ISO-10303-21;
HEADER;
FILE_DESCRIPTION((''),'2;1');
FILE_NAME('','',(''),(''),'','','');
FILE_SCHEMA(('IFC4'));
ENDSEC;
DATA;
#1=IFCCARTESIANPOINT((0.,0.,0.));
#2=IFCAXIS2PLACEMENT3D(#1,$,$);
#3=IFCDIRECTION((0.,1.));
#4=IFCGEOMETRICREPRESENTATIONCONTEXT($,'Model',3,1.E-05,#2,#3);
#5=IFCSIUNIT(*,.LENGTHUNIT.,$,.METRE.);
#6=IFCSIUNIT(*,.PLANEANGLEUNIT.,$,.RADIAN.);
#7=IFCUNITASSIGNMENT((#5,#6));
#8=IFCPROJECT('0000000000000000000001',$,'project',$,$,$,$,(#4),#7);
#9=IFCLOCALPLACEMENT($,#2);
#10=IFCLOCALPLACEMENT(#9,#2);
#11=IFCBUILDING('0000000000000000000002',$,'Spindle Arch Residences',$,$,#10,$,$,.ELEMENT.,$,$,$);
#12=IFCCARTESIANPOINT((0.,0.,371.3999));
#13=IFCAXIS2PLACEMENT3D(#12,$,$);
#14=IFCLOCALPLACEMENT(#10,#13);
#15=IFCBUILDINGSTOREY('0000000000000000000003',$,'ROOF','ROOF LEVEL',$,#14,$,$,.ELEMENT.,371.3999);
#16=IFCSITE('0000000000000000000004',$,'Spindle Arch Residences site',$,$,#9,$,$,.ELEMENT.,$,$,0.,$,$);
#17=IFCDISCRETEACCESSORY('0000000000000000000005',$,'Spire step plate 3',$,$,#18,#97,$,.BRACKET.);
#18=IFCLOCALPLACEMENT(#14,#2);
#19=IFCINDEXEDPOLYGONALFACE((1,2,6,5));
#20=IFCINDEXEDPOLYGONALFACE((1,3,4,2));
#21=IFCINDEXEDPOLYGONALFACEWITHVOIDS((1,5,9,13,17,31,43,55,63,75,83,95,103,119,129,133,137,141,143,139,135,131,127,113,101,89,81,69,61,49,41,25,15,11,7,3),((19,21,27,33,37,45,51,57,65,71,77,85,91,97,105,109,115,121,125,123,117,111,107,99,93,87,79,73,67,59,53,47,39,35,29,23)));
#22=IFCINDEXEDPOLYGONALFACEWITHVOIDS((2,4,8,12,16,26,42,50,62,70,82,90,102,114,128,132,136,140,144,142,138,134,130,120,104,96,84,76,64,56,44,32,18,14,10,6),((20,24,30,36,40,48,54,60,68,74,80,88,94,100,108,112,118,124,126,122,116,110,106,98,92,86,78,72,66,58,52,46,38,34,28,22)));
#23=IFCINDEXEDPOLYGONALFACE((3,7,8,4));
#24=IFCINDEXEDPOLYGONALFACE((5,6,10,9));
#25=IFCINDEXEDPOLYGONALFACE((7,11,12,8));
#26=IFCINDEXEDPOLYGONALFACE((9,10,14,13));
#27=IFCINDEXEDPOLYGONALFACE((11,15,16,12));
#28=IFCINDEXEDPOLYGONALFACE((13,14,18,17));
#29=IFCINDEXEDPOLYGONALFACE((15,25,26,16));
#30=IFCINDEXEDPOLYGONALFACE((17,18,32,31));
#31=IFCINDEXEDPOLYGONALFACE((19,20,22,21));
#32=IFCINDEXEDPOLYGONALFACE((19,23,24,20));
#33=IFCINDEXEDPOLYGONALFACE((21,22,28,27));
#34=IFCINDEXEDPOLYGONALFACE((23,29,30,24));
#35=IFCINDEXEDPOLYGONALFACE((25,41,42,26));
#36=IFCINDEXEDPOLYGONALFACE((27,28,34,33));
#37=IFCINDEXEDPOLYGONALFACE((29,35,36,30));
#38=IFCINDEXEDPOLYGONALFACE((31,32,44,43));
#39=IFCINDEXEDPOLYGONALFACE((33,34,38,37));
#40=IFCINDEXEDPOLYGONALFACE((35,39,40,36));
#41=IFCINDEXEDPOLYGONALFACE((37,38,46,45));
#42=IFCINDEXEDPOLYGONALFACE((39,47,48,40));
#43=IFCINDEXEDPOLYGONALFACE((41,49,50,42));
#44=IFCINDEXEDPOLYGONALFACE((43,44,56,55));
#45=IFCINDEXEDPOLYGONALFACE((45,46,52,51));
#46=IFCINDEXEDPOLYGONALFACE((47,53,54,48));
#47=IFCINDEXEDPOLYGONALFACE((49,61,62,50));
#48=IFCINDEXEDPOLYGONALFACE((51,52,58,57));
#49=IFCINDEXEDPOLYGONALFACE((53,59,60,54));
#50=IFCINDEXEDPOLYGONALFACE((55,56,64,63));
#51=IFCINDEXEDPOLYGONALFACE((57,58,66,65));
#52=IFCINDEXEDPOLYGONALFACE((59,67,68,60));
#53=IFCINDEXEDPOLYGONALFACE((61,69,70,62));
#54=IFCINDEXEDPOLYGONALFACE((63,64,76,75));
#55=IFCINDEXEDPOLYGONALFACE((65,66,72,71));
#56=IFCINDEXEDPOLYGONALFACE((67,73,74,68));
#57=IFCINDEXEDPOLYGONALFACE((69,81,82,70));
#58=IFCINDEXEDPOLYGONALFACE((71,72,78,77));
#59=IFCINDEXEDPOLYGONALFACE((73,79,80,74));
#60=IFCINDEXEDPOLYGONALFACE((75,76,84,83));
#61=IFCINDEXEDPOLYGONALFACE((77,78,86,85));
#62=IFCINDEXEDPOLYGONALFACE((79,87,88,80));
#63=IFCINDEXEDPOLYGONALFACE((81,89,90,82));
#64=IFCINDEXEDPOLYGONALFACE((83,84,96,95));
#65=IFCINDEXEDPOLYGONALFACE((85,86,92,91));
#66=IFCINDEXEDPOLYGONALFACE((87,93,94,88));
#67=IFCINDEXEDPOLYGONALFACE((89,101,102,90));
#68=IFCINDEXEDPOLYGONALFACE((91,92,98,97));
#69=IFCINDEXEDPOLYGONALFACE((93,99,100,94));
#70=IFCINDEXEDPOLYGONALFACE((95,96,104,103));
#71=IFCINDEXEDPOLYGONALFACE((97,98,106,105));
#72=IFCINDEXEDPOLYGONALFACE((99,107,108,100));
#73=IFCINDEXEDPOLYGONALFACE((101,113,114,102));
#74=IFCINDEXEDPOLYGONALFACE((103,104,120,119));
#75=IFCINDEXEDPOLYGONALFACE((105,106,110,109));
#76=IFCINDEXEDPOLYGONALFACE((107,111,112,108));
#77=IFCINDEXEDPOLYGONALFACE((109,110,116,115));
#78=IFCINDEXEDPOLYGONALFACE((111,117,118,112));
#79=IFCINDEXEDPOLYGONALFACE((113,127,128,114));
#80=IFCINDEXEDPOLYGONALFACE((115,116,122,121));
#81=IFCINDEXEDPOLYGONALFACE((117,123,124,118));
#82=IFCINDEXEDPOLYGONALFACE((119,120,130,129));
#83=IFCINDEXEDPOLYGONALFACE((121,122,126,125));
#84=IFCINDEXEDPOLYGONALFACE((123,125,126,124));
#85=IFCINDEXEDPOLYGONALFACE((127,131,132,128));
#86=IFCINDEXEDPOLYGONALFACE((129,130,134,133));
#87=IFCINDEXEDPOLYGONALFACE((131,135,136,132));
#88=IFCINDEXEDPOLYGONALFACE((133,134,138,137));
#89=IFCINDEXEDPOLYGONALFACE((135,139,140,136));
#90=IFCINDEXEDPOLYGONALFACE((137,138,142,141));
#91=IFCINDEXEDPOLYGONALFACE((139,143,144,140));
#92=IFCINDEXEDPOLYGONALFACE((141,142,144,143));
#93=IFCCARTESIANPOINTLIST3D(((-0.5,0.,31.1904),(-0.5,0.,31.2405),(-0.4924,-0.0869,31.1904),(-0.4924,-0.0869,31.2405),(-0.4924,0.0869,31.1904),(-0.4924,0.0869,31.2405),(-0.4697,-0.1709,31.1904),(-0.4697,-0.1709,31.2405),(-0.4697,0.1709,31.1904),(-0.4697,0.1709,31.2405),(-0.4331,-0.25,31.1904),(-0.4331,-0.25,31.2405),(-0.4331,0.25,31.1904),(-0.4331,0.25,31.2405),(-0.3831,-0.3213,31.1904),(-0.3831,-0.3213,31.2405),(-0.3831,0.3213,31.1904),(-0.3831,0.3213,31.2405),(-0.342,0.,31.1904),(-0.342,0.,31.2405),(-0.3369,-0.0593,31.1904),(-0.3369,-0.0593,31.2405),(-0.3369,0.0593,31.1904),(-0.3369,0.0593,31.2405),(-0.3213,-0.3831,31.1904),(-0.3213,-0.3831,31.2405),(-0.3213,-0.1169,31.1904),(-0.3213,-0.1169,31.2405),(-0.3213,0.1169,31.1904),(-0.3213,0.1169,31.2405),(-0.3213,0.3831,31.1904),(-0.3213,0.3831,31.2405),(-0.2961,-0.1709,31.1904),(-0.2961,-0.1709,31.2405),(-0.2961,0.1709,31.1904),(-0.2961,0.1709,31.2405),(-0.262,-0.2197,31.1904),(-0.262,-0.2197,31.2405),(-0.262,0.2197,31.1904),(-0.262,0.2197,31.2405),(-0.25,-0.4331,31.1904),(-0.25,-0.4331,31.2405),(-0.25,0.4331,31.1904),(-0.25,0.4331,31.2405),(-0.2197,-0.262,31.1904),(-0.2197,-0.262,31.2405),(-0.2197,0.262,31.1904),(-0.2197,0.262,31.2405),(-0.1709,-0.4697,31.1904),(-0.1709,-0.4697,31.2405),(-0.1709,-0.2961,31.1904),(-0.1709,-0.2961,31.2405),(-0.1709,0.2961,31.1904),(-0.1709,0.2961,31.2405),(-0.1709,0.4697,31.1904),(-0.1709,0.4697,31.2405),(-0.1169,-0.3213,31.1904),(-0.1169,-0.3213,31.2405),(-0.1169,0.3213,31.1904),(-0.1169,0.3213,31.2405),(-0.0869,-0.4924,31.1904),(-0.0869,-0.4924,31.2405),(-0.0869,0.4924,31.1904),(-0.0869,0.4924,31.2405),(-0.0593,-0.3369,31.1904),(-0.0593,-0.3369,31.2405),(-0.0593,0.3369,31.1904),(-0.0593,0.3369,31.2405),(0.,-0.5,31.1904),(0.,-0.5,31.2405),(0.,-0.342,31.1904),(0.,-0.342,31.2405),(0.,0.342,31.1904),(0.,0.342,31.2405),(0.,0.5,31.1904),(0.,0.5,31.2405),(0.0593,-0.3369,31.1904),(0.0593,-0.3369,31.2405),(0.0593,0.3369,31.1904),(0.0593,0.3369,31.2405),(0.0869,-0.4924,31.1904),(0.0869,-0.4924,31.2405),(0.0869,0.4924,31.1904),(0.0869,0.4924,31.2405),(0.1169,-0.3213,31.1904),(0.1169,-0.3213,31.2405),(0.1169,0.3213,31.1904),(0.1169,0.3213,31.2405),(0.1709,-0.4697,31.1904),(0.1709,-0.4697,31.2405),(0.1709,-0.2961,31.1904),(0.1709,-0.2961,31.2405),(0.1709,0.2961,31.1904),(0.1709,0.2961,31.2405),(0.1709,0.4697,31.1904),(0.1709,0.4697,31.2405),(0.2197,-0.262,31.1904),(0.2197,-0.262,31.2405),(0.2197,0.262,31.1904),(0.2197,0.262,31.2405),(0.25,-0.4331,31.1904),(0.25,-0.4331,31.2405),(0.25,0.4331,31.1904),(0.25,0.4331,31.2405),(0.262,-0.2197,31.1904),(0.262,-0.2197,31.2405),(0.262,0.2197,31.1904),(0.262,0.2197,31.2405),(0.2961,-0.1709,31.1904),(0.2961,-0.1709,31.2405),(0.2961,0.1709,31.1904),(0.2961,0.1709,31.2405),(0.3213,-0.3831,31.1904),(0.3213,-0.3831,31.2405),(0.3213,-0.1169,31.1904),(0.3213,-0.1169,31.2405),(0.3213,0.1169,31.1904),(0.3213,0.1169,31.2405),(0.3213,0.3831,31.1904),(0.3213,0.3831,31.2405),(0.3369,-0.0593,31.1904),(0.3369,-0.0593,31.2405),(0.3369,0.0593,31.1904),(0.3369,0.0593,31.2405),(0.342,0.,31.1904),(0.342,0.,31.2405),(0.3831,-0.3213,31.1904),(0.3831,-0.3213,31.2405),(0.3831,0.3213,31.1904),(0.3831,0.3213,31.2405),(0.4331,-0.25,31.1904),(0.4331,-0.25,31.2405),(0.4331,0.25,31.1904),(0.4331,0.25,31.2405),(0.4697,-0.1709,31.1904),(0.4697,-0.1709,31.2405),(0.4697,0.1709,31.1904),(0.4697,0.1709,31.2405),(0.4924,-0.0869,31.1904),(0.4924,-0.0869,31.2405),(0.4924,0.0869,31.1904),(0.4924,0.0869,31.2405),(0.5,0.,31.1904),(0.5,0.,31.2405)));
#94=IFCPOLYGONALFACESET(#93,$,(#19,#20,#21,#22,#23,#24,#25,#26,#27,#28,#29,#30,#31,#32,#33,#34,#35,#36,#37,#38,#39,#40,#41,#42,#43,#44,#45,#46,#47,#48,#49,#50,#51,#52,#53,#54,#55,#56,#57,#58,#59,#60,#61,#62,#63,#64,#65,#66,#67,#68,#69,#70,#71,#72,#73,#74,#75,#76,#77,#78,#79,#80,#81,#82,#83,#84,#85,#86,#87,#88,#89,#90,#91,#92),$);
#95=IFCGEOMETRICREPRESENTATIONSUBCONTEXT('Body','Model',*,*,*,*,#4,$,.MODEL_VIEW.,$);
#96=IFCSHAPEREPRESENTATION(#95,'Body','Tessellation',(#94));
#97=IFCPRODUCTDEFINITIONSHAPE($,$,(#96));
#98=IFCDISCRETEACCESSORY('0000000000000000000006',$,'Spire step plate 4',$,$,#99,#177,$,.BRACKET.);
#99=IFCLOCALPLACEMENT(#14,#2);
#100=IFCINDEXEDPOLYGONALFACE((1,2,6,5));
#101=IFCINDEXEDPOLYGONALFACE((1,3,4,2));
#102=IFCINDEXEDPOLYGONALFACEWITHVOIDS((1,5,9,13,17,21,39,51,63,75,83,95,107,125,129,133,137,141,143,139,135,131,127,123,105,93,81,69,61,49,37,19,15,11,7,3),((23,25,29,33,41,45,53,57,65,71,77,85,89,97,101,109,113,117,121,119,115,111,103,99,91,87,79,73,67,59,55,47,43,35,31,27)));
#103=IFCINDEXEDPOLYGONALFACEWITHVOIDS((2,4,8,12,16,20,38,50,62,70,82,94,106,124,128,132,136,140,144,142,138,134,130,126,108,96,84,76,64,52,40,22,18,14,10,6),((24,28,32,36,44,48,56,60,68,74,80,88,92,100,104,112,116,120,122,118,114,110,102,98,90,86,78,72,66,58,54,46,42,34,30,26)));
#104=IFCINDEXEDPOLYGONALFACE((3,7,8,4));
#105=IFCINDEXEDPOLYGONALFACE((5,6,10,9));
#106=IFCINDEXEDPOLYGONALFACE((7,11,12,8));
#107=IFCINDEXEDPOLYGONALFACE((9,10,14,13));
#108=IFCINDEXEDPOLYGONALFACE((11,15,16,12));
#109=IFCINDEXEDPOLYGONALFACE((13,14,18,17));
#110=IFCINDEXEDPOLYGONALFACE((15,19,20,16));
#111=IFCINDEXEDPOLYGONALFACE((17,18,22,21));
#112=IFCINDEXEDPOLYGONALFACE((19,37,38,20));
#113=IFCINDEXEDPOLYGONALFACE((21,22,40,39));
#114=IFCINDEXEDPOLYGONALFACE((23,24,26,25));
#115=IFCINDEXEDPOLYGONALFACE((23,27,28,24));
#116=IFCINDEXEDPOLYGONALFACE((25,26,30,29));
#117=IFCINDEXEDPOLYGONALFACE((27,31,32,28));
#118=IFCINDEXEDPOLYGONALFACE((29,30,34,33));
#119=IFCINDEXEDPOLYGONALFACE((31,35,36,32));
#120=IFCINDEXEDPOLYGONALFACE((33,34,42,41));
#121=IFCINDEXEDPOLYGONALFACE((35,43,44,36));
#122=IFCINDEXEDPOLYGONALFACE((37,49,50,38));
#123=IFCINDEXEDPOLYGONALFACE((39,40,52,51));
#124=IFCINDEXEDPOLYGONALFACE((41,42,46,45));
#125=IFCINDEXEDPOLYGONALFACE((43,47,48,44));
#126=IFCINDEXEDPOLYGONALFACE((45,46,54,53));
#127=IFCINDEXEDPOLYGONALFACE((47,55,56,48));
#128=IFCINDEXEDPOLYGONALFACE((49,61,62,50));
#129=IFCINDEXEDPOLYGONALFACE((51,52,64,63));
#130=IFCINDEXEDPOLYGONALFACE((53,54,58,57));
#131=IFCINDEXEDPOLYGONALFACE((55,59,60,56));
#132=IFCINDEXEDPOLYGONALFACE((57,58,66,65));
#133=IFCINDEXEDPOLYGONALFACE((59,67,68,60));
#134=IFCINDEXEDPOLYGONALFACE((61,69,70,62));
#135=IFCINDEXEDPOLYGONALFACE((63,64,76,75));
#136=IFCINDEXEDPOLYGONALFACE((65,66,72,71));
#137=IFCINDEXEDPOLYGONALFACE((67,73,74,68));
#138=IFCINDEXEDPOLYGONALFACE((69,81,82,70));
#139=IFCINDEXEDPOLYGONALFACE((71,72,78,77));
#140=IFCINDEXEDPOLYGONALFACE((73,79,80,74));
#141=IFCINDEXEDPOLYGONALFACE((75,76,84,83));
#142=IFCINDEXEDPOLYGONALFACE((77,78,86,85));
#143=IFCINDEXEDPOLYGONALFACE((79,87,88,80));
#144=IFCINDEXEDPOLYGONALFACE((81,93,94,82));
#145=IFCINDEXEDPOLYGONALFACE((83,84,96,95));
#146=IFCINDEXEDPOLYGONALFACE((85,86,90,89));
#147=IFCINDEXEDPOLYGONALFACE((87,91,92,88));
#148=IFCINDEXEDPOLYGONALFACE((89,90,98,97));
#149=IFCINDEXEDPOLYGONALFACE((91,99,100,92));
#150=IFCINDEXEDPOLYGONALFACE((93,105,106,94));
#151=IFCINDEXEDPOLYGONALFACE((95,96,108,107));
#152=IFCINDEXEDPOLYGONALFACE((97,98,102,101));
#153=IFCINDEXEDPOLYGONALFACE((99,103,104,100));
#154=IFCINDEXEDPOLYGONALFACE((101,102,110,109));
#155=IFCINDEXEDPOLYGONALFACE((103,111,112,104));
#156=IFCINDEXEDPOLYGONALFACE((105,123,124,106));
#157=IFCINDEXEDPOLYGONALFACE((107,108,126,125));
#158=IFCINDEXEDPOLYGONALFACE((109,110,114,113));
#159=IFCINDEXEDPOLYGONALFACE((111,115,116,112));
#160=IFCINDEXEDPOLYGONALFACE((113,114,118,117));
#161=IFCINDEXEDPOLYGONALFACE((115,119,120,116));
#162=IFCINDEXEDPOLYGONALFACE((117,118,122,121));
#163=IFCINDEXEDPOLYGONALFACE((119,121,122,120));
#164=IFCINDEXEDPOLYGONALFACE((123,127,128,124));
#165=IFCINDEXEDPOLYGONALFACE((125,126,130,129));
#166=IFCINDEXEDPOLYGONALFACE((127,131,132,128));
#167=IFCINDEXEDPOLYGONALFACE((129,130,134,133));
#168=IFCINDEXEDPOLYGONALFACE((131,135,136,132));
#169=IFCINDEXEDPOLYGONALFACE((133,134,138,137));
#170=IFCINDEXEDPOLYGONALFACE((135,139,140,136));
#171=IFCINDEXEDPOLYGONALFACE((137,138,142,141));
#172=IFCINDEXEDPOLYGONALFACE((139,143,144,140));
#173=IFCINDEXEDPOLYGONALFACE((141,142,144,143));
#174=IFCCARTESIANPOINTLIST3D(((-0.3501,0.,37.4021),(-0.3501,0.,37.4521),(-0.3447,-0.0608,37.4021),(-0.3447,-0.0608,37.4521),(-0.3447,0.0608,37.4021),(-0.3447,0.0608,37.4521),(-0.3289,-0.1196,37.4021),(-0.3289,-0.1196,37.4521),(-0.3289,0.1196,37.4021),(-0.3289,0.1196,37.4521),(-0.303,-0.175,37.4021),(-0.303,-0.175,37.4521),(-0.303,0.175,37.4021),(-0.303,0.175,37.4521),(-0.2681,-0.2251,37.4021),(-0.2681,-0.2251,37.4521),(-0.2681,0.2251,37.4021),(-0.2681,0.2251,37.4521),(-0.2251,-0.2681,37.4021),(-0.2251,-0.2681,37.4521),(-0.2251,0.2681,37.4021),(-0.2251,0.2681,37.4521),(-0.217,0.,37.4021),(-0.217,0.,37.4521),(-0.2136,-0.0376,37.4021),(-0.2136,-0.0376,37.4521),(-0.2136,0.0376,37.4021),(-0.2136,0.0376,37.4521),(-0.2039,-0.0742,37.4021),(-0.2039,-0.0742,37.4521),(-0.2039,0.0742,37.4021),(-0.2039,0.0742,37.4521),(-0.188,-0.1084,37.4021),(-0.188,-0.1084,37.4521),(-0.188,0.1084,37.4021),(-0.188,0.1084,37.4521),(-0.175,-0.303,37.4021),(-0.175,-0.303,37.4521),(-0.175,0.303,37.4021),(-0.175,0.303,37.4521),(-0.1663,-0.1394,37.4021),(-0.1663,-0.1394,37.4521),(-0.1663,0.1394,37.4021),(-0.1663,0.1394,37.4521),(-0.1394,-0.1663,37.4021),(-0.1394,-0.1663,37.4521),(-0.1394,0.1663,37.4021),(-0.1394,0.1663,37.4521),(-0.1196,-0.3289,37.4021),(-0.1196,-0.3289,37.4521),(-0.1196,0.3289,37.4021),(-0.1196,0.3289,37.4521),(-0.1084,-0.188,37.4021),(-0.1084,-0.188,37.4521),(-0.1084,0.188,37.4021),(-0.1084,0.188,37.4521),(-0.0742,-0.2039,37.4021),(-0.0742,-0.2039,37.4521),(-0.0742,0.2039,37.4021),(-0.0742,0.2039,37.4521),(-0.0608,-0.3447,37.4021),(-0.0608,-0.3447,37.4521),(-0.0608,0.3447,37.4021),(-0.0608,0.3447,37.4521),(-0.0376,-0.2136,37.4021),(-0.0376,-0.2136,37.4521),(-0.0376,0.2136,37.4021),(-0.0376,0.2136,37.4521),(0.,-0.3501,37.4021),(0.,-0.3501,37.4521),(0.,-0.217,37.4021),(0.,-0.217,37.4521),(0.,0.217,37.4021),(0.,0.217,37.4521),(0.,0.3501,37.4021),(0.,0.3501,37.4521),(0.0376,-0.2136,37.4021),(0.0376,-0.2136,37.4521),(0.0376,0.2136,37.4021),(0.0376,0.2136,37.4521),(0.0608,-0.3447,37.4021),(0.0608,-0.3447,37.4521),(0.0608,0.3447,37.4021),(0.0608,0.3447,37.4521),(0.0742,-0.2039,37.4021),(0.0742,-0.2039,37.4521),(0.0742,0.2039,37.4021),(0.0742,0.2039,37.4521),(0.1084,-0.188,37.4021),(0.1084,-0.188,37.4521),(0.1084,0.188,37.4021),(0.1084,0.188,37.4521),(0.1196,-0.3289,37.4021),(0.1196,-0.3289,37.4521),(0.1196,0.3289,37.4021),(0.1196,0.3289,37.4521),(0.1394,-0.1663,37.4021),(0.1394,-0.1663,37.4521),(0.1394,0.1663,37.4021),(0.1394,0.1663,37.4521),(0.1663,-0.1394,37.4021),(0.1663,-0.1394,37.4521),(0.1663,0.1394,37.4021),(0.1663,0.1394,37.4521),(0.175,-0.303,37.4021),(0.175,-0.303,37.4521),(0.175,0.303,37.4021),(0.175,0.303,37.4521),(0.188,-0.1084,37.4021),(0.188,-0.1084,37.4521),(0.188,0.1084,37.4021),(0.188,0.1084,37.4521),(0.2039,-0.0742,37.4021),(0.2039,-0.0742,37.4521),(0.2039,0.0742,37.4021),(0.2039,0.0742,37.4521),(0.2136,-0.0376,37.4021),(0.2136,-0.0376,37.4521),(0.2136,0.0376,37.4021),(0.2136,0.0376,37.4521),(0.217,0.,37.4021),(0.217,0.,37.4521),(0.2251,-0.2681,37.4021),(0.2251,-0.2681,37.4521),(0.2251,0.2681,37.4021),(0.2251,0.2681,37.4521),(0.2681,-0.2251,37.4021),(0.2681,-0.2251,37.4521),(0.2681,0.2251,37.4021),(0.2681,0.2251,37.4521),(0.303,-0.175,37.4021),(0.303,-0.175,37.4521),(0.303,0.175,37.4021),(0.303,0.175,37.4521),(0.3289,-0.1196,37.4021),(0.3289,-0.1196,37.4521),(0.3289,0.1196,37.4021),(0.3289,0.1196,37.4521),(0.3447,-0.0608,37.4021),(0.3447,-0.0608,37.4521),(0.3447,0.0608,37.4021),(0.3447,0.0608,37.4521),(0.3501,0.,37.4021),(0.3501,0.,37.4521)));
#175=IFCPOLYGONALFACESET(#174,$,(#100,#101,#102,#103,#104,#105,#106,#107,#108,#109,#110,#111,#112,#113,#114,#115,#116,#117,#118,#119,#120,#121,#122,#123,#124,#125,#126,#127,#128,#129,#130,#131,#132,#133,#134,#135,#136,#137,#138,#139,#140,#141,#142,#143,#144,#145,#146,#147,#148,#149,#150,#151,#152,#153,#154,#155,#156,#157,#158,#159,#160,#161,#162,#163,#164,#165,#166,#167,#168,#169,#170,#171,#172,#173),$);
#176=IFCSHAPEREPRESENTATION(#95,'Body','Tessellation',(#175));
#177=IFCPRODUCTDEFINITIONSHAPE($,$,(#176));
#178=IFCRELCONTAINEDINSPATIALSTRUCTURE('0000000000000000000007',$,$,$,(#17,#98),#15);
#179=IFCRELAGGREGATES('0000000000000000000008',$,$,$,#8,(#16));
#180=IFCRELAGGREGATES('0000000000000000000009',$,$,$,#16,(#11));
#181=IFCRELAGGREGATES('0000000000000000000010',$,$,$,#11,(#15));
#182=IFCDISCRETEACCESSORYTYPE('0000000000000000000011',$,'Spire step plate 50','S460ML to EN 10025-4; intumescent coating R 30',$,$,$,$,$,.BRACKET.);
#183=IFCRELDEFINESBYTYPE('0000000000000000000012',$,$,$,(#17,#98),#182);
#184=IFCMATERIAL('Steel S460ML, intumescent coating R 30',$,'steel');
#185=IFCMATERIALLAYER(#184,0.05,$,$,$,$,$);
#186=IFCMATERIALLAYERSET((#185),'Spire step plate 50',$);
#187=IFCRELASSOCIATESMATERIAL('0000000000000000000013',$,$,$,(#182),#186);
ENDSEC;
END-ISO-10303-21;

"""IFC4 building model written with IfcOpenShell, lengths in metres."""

from ifc_helpers import new_model, si_unit, direction, frame, origin, place, context, subcontext, project, spatial, polyline, outline, extrude, material, layer, layer_set, type_object, element, save


model = new_model("IFC4")

# Units and contexts
model_context = context("Model", 3, precision=1e-05, world=origin(), true_north=direction((0.0, 1.0)))
body_context = subcontext(model_context, "Body", "Model", "MODEL_VIEW")
ifc_project = project(units=[si_unit("LENGTHUNIT", "METRE"), si_unit("PLANEANGLEUNIT", "RADIAN")], contexts=[model_context])

# Site, building, storey
site_placement = place(None, origin())
site = spatial("IfcSite", under=ifc_project, at=site_placement, Name="Spindle Arch Residences site", CompositionType="ELEMENT", RefElevation=0.0)
building_placement = place(site_placement, origin())
building = spatial("IfcBuilding", under=site, at=building_placement, Name="Spindle Arch Residences", CompositionType="ELEMENT")
storey_placement = place(building_placement, frame((0.0, 0.0, 371.3999)))
storey = spatial("IfcBuildingStorey", under=building, at=storey_placement, Name="ROOF", Description="ROOF LEVEL", CompositionType="ELEMENT", Elevation=371.3999)

# Discrete accessories
ifc_material_1 = material(Name="Steel S460ML, intumescent coating R 30", Category="steel")
ifc_layer_1 = layer(ifc_material_1, 0.05)
ifc_layer_set_1 = layer_set([ifc_layer_1], Name="Spire step plate 50")
discrete_accessory_type_1 = type_object("IfcDiscreteAccessoryType", Name="Spire step plate 50", Description="S460ML to EN 10025-4; intumescent coating R 30", PredefinedType="BRACKET", material=ifc_layer_set_1)
discrete_accessory_1_placement = place(storey_placement, frame((0.0, 0.0, 31.1904)))
element("IfcDiscreteAccessory", 1, at=discrete_accessory_1_placement, inside=storey, type_object=discrete_accessory_type_1, Name="Spire step plate 3", PredefinedType="BRACKET", context=body_context, shape_type="SweptSolid", body=[
    extrude(outline(polyline([(0.4924, -0.0869), (0.4697, -0.1709), (0.4331, -0.25), (0.3831, -0.3213), (0.3213, -0.3831), (0.25, -0.4331), (0.1709, -0.4697), (0.0869, -0.4924), (0.0, -0.5), (-0.0869, -0.4924), (-0.1709, -0.4697), (-0.25, -0.4331), (-0.3213, -0.3831), (-0.3831, -0.3213), (-0.4331, -0.25), (-0.4697, -0.1709), (-0.4924, -0.0869), (-0.5, 0.0), (-0.4924, 0.0869), (-0.4697, 0.1709), (-0.4331, 0.25), (-0.3831, 0.3213), (-0.3213, 0.3831), (-0.25, 0.4331), (-0.1709, 0.4697), (-0.0869, 0.4924), (0.0, 0.5), (0.0869, 0.4924), (0.1709, 0.4697), (0.25, 0.4331), (0.3213, 0.3831), (0.3831, 0.3213), (0.4331, 0.25), (0.4697, 0.1709), (0.4924, 0.0869), (0.5, 0.0), (0.4924, -0.0869)]), holes=[polyline([(0.3369, 0.0593), (0.3213, 0.1169), (0.2961, 0.1709), (0.262, 0.2197), (0.2197, 0.262), (0.1709, 0.2961), (0.1169, 0.3213), (0.0593, 0.3369), (0.0, 0.342), (-0.0593, 0.3369), (-0.1169, 0.3213), (-0.1709, 0.2961), (-0.2197, 0.262), (-0.262, 0.2197), (-0.2961, 0.1709), (-0.3213, 0.1169), (-0.3369, 0.0593), (-0.342, 0.0), (-0.3369, -0.0593), (-0.3213, -0.1169), (-0.2961, -0.1709), (-0.262, -0.2197), (-0.2197, -0.262), (-0.1709, -0.2961), (-0.1169, -0.3213), (-0.0593, -0.3369), (0.0, -0.342), (0.0593, -0.3369), (0.1169, -0.3213), (0.1709, -0.2961), (0.2197, -0.262), (0.262, -0.2197), (0.2961, -0.1709), (0.3213, -0.1169), (0.3369, -0.0593), (0.342, 0.0), (0.3369, 0.0593)])]), origin(), (0.0, 0.0, 1.0), 0.05),
])
discrete_accessory_2_placement = place(storey_placement, frame((0.0, 0.0, 37.4021)))
element("IfcDiscreteAccessory", 2, at=discrete_accessory_2_placement, inside=storey, type_object=discrete_accessory_type_1, Name="Spire step plate 4", PredefinedType="BRACKET", context=body_context, shape_type="SweptSolid", body=[
    extrude(outline(polyline([(0.3447, -0.0608), (0.3289, -0.1196), (0.303, -0.175), (0.2681, -0.2251), (0.2251, -0.2681), (0.175, -0.303), (0.1196, -0.3289), (0.0608, -0.3447), (0.0, -0.3501), (-0.0608, -0.3447), (-0.1196, -0.3289), (-0.175, -0.303), (-0.2251, -0.2681), (-0.2681, -0.2251), (-0.303, -0.175), (-0.3289, -0.1196), (-0.3447, -0.0608), (-0.3501, 0.0), (-0.3447, 0.0608), (-0.3289, 0.1196), (-0.303, 0.175), (-0.2681, 0.2251), (-0.2251, 0.2681), (-0.175, 0.303), (-0.1196, 0.3289), (-0.0608, 0.3447), (0.0, 0.3501), (0.0608, 0.3447), (0.1196, 0.3289), (0.175, 0.303), (0.2251, 0.2681), (0.2681, 0.2251), (0.303, 0.175), (0.3289, 0.1196), (0.3447, 0.0608), (0.3501, 0.0), (0.3447, -0.0608)]), holes=[polyline([(0.2136, 0.0376), (0.2039, 0.0742), (0.188, 0.1084), (0.1663, 0.1394), (0.1394, 0.1663), (0.1084, 0.188), (0.0742, 0.2039), (0.0376, 0.2136), (0.0, 0.217), (-0.0376, 0.2136), (-0.0742, 0.2039), (-0.1084, 0.188), (-0.1394, 0.1663), (-0.1663, 0.1394), (-0.188, 0.1084), (-0.2039, 0.0742), (-0.2136, 0.0376), (-0.217, 0.0), (-0.2136, -0.0376), (-0.2039, -0.0742), (-0.188, -0.1084), (-0.1663, -0.1394), (-0.1394, -0.1663), (-0.1084, -0.188), (-0.0742, -0.2039), (-0.0376, -0.2136), (0.0, -0.217), (0.0376, -0.2136), (0.0742, -0.2039), (0.1084, -0.188), (0.1394, -0.1663), (0.1663, -0.1394), (0.188, -0.1084), (0.2039, -0.0742), (0.2136, -0.0376), (0.217, 0.0), (0.2136, 0.0376)])]), origin(), (0.0, 0.0, 1.0), 0.05),
])

save(model, "model.ifc")
